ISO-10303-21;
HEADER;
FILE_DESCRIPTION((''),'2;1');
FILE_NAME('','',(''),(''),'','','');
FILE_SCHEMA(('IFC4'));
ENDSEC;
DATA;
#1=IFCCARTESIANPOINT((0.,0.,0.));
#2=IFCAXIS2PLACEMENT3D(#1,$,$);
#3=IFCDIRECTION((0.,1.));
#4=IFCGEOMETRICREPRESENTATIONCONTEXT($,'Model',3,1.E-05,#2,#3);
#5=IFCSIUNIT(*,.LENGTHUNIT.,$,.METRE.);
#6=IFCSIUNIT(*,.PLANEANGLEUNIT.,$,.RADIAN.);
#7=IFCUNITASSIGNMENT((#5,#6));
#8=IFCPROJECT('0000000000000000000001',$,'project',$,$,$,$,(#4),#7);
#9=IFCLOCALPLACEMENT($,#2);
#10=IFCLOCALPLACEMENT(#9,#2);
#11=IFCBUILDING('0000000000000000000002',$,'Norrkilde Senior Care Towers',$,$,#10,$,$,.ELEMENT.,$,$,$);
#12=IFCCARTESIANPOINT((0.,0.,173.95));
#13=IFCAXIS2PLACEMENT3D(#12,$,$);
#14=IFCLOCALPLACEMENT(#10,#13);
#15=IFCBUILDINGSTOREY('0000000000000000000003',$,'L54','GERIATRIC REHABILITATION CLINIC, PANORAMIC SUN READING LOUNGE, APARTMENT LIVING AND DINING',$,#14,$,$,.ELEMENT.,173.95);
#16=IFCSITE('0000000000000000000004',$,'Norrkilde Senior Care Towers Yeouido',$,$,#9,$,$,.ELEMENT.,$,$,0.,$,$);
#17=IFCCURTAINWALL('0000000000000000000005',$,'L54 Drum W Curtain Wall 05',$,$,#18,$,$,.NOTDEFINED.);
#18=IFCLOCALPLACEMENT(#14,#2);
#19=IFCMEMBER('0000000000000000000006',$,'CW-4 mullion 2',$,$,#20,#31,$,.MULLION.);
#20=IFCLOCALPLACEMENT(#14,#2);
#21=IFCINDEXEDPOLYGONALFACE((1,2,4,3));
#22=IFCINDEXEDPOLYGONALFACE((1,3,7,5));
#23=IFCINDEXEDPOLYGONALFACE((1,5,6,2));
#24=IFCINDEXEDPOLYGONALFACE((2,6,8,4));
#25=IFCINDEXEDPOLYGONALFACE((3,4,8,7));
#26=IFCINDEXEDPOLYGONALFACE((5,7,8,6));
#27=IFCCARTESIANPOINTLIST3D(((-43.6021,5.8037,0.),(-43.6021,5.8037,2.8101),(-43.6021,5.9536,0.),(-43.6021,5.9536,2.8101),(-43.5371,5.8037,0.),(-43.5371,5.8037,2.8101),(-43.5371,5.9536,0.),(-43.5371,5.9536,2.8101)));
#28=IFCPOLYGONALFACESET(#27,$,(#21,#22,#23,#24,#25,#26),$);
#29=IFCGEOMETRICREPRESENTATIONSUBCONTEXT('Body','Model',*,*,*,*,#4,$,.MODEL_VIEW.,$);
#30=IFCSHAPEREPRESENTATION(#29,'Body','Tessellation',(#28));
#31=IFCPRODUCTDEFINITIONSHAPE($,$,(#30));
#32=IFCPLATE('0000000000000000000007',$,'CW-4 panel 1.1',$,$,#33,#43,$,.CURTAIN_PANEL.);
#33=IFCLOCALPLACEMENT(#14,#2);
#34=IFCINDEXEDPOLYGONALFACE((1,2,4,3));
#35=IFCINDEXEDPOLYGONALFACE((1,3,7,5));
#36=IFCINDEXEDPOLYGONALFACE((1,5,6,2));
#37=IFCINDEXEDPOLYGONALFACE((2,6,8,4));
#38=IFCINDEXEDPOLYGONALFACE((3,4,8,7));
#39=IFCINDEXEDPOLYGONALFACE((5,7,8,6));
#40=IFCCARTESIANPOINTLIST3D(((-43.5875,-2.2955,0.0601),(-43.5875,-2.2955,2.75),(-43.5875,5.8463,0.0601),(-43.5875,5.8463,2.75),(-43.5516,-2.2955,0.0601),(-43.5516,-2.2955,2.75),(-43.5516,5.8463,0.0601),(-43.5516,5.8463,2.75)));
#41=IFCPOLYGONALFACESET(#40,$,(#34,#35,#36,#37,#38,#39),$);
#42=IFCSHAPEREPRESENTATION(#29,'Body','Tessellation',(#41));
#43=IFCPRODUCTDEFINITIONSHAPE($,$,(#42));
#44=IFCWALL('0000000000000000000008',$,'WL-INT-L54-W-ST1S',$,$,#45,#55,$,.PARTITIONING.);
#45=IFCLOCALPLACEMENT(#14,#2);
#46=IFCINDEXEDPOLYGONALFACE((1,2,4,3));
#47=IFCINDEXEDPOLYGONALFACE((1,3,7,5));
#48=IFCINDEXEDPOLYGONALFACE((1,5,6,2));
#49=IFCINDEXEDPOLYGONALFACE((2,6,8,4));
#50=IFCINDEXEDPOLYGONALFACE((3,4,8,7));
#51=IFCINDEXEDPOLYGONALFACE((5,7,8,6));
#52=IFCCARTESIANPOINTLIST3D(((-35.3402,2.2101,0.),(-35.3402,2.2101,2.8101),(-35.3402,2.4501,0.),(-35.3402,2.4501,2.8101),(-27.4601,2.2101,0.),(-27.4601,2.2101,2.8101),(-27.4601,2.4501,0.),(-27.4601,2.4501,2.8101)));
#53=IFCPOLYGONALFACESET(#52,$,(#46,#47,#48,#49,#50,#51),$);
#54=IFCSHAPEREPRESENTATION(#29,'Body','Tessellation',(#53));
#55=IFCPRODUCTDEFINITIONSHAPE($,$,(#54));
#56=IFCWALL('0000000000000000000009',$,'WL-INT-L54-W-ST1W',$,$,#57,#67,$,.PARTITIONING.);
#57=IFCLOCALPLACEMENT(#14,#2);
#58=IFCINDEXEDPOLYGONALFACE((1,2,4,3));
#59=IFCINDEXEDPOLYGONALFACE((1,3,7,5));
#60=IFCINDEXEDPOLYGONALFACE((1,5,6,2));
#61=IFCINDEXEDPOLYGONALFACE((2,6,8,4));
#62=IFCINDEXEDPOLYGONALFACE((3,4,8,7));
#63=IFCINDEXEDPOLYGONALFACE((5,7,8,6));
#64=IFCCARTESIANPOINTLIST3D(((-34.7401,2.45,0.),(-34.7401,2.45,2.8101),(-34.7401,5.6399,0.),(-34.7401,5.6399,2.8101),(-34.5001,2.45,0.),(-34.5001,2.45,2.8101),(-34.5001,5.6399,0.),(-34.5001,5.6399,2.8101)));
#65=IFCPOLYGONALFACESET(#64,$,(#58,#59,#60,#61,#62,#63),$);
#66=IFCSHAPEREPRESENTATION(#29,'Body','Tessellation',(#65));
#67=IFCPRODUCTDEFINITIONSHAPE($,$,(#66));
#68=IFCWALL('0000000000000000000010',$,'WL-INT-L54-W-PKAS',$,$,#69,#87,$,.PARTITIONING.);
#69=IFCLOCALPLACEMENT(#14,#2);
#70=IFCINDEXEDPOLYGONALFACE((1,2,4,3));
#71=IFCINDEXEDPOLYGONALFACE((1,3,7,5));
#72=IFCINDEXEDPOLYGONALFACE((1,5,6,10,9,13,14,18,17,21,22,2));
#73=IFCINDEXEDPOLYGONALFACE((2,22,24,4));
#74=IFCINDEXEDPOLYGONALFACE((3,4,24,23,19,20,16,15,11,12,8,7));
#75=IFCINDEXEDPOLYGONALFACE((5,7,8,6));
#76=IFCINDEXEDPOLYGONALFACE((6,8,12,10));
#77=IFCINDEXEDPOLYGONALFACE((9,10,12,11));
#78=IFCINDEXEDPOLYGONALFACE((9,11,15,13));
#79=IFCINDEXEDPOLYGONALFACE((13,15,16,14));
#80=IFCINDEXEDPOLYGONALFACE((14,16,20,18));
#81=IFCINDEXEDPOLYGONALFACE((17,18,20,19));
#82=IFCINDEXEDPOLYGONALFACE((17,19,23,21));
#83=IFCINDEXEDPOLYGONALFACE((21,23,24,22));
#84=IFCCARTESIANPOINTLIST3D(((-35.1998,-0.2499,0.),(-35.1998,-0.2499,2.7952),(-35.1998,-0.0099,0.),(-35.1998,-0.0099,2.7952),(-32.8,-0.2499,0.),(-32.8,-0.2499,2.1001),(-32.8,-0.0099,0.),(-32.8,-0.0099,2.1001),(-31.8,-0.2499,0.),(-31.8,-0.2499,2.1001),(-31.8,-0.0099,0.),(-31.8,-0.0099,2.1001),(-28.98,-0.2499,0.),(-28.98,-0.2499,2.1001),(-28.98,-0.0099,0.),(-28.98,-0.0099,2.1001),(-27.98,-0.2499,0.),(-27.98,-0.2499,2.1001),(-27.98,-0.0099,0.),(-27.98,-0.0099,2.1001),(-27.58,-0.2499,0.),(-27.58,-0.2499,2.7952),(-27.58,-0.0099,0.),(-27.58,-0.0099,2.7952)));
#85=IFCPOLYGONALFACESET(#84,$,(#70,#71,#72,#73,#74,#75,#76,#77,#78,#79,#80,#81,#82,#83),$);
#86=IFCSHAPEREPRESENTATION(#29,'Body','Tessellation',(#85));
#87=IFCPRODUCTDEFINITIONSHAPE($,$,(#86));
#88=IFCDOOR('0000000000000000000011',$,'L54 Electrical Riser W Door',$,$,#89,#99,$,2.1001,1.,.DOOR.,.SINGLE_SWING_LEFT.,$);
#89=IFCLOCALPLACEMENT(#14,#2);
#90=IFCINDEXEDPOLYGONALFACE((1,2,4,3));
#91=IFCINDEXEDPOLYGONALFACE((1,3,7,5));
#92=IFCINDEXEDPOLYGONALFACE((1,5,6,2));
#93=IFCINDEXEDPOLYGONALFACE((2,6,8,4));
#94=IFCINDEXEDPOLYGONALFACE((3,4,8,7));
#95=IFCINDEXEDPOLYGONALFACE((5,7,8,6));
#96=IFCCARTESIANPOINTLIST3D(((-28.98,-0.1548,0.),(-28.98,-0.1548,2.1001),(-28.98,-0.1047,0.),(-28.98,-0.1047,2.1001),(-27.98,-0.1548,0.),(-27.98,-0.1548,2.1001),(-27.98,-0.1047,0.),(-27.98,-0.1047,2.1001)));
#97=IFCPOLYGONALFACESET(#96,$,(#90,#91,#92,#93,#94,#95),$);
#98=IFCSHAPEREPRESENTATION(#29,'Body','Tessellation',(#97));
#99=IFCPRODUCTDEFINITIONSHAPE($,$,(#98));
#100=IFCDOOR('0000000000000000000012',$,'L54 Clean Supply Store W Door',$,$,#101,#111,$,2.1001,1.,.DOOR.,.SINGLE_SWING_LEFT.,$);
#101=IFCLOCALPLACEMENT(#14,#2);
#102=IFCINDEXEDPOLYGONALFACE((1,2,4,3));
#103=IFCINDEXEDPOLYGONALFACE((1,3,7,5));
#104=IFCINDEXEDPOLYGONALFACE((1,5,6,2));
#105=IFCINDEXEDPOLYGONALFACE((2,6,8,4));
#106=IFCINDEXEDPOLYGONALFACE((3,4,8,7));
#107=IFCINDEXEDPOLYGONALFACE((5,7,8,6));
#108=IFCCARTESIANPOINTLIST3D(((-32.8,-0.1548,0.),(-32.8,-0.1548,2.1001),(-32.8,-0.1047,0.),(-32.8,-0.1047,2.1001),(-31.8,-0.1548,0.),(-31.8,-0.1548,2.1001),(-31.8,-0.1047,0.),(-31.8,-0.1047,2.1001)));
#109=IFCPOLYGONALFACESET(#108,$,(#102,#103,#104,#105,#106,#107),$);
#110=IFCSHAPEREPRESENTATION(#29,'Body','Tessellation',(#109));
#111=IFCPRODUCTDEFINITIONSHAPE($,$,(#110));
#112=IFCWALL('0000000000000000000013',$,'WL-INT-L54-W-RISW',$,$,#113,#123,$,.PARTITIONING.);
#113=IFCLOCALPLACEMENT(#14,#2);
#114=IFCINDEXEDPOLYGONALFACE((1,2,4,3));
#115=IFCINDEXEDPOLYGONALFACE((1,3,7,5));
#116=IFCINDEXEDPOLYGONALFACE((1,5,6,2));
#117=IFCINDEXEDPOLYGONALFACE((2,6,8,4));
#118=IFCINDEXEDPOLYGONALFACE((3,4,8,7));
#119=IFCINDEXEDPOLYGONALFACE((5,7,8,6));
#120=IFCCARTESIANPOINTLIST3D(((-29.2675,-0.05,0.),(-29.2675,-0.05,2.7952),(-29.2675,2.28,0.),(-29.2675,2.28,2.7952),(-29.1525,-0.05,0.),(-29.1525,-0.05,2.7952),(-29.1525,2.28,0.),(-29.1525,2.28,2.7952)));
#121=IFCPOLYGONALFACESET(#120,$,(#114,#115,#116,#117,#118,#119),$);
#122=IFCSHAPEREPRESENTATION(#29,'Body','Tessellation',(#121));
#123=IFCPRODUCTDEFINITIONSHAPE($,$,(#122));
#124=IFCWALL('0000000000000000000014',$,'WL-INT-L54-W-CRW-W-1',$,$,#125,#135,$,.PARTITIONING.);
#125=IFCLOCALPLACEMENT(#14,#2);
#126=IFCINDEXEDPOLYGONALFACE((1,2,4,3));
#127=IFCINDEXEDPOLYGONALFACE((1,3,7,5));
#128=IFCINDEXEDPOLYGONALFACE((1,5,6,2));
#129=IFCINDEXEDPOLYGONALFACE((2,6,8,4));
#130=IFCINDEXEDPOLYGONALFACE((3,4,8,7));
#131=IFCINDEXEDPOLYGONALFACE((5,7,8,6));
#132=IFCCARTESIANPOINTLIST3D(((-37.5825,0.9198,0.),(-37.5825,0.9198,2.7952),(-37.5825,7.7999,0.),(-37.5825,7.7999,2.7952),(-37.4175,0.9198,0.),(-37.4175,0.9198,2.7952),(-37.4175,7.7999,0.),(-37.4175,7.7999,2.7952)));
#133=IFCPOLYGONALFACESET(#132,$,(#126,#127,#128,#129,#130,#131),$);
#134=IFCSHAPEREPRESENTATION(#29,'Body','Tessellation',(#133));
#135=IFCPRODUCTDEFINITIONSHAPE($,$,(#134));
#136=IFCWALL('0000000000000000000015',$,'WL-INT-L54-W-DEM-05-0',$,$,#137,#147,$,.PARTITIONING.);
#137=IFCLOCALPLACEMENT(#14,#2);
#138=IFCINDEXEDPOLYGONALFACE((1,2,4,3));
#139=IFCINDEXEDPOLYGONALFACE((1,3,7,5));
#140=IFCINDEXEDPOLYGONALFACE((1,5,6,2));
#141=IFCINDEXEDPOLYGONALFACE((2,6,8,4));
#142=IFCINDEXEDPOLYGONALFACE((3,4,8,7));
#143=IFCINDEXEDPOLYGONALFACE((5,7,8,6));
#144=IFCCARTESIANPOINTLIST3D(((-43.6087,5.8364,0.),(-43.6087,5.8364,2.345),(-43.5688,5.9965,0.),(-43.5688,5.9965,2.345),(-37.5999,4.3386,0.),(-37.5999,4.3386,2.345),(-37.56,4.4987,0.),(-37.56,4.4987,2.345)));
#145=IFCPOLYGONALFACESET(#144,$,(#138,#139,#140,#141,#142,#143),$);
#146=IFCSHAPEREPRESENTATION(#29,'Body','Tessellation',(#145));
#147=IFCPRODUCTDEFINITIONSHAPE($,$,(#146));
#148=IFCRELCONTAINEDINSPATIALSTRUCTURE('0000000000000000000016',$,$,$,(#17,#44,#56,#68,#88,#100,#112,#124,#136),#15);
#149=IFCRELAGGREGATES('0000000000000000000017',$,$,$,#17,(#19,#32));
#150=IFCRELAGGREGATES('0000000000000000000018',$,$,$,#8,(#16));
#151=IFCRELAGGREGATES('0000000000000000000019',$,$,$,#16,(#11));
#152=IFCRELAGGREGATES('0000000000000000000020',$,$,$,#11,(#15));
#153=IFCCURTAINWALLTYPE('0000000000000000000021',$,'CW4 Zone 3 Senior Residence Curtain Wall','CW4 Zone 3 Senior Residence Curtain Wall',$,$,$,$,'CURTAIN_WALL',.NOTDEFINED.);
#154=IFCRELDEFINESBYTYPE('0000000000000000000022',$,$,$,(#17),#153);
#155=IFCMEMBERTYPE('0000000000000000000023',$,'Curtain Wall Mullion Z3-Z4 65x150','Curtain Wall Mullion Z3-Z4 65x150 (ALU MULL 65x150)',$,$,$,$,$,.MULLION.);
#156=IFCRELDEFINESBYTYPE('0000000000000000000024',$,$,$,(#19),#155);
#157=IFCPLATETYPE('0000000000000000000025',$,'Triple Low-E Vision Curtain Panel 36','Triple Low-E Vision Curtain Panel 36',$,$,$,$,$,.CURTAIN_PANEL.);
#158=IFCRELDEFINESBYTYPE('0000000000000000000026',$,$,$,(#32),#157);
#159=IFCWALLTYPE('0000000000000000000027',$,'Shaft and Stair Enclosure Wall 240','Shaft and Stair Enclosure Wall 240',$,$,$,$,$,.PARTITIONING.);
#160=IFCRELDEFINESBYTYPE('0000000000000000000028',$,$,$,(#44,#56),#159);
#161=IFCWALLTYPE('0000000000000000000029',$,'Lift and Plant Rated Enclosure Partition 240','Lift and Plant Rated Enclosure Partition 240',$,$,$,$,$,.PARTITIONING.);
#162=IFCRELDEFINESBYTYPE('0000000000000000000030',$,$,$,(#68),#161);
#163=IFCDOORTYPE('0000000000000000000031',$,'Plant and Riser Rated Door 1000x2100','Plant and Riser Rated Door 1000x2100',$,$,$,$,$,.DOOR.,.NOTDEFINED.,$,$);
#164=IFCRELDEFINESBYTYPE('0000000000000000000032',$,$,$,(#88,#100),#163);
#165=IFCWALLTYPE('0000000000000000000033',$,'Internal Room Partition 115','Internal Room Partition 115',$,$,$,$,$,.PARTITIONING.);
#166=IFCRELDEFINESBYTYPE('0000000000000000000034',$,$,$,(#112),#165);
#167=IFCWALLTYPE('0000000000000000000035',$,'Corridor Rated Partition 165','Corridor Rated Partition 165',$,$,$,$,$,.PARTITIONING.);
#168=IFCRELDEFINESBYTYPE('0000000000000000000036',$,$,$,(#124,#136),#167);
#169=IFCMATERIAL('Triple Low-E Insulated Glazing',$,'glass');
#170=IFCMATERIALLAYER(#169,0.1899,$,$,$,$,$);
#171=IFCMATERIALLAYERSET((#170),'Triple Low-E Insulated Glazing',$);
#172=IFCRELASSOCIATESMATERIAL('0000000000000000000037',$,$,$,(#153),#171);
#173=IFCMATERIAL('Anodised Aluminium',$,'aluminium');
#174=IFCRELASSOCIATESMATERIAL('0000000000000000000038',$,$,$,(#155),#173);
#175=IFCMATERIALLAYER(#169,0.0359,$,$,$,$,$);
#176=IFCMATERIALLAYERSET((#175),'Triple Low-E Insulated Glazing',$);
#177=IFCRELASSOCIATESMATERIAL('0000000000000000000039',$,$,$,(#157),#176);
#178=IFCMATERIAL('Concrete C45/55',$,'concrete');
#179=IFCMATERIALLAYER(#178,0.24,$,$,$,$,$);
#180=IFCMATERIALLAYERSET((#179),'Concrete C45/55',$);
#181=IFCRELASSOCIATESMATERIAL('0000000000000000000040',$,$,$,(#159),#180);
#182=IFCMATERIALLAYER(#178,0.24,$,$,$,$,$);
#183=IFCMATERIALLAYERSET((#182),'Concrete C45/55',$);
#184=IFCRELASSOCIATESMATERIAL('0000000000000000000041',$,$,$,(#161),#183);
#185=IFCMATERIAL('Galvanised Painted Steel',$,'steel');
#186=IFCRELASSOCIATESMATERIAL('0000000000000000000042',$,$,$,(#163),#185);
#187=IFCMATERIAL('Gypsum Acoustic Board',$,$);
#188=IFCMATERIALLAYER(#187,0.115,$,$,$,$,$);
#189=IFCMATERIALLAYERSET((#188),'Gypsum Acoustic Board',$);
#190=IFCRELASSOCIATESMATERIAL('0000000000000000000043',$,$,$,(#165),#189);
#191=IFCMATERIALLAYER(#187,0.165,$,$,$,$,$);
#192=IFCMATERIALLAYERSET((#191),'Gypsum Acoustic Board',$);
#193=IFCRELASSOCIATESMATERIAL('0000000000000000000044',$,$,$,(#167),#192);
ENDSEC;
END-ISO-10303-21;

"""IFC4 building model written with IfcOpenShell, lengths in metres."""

from ifc_helpers import new_model, si_unit, direction, frame, frame_2d, origin, origin_2d, place, context, subcontext, project, spatial, rectangle, extrude, source, transform, mapped, material, layer, layer_set, material_profile, profile_set, type_object, type_shapes, element, fill, aggregate, save


model = new_model("IFC4")

# Units and contexts
model_context = context("Model", 3, precision=1e-05, world=origin(), true_north=direction((0.0, 1.0)))
body_context = subcontext(model_context, "Body", "Model", "MODEL_VIEW")
ifc_project = project(units=[si_unit("LENGTHUNIT", "METRE"), si_unit("PLANEANGLEUNIT", "RADIAN")], contexts=[model_context])

# Site, building, storey
site_placement = place(None, origin())
site = spatial("IfcSite", under=ifc_project, at=site_placement, Name="Norrkilde Senior Care Towers Yeouido", CompositionType="ELEMENT", RefElevation=0.0)
building_placement = place(site_placement, origin())
building = spatial("IfcBuilding", under=site, at=building_placement, Name="Norrkilde Senior Care Towers", CompositionType="ELEMENT")
storey_placement = place(building_placement, frame((0.0, 0.0, 173.95)))
storey = spatial("IfcBuildingStorey", under=building, at=storey_placement, Name="L54", Description="GERIATRIC REHABILITATION CLINIC, PANORAMIC SUN READING LOUNGE, APARTMENT LIVING AND DINING", CompositionType="ELEMENT", Elevation=173.95)

# Shared definitions
ifc_material_1 = material(Name="Triple Low-E Insulated Glazing", Category="glass")
ifc_layer_1 = layer(ifc_material_1, 0.1899)
ifc_layer_set_1 = layer_set([ifc_layer_1], Name="Triple Low-E Insulated Glazing")
curtain_wall_type = type_object("IfcCurtainWallType", Name="CW4 Zone 3 Senior Residence Curtain Wall", Description="CW4 Zone 3 Senior Residence Curtain Wall", ElementType="CURTAIN_WALL", PredefinedType="NOTDEFINED", material=ifc_layer_set_1)
ifc_material_2 = material(Name="Anodised Aluminium", Category="aluminium")
ifc_material_profile_1 = material_profile(ifc_material_2, rectangle(XDim=0.0649, YDim=0.1499, at=origin_2d()), Name="ALU MULL 65x150")
ifc_profile_set_1 = profile_set([ifc_material_profile_1], Name="Anodised Aluminium")
member_type = type_object("IfcMemberType", Name="Curtain Wall Mullion Z3-Z4 65x150", Description="Curtain Wall Mullion Z3-Z4 65x150 (ALU MULL 65x150)", PredefinedType="MULLION", material=ifc_profile_set_1)
shared_shape_1 = source(origin(), body_context, "Body", "SweptSolid", [
    extrude(rectangle(XDim=0.0649, YDim=0.1499, at=origin_2d()), origin(), (0.0, 0.0, 1.0), 2.8101),
])
type_shapes(member_type, [shared_shape_1])

# Curtain wall, member, plate
curtain_wall_1_placement = place(storey_placement, origin())
curtain_wall_1 = element("IfcCurtainWall", 1, at=curtain_wall_1_placement, inside=storey, type_object=curtain_wall_type, Name="L54 Drum W Curtain Wall 05", PredefinedType="NOTDEFINED")
member_1_placement = place(storey_placement, frame((-43.5696, 5.8787, 0.0), z_axis=(0.0, 0.0, 1.0), x_axis=(-1.0, 0.0, 0.0)))
member_1 = element("IfcMember", 2, at=member_1_placement, type_object=member_type, Name="CW-4 mullion 2", PredefinedType="MULLION", context=body_context, shape_type="MappedRepresentation", body=[
    mapped(shared_shape_1, transform((0.0, 0.0, 0.0), x_axis=(1.0, 0.0, 0.0), y_axis=(0.0, 1.0, 0.0), z_axis=(0.0, 0.0, 1.0), scale=1.0)),
])
ifc_layer_2 = layer(ifc_material_1, 0.0359)
ifc_layer_set_2 = layer_set([ifc_layer_2], Name="Triple Low-E Insulated Glazing")
plate_type = type_object("IfcPlateType", Name="Triple Low-E Vision Curtain Panel 36", Description="Triple Low-E Vision Curtain Panel 36", PredefinedType="CURTAIN_PANEL", material=ifc_layer_set_2)
shared_shape_2 = source(origin(), body_context, "Body", "SweptSolid", [
    extrude(rectangle(XDim=8.1418, YDim=0.0359, at=origin_2d()), origin(), (0.0, 0.0, 1.0), 2.6899),
])
type_shapes(plate_type, [shared_shape_2])
plate_placement = place(storey_placement, frame((-43.5696, 1.7754, 0.0601), z_axis=(0.0, 0.0, 1.0), x_axis=(0.0, 1.0, 0.0)))
plate = element("IfcPlate", 3, at=plate_placement, type_object=plate_type, Name="CW-4 panel 1.1", PredefinedType="CURTAIN_PANEL", context=body_context, shape_type="MappedRepresentation", body=[
    mapped(shared_shape_2, transform((0.0, 0.0, 0.0), x_axis=(1.0, 0.0, 0.0), y_axis=(0.0, 1.0, 0.0), z_axis=(0.0, 0.0, 1.0), scale=1.0)),
])
aggregate(curtain_wall_1, [member_1, plate])

# Walls
ifc_material_3 = material(Name="Concrete C45/55", Category="concrete")
ifc_layer_3 = layer(ifc_material_3, 0.24)
ifc_layer_set_3 = layer_set([ifc_layer_3], Name="Concrete C45/55")
wall_type_1 = type_object("IfcWallType", Name="Shaft and Stair Enclosure Wall 240", Description="Shaft and Stair Enclosure Wall 240", PredefinedType="PARTITIONING", material=ifc_layer_set_3)
shared_shape_3 = source(origin(), body_context, "Body", "SweptSolid", [
    extrude(rectangle(XDim=7.8801, YDim=0.24, at=frame_2d((3.9399, 0.0))), origin(), (0.0, 0.0, 1.0), 2.8101),
])
wall_1_placement = place(storey_placement, frame((-35.3401, 2.3301, 0.0), z_axis=(0.0, 0.0, 1.0), x_axis=(1.0, 0.0, 0.0)))
element("IfcWall", 4, at=wall_1_placement, inside=storey, type_object=wall_type_1, Name="WL-INT-L54-W-ST1S", PredefinedType="PARTITIONING", context=body_context, shape_type="MappedRepresentation", body=[
    mapped(shared_shape_3, transform((0.0, 0.0, 0.0), x_axis=(1.0, 0.0, 0.0), y_axis=(0.0, 1.0, 0.0), z_axis=(0.0, 0.0, 1.0), scale=1.0)),
])
shared_shape_4 = source(origin(), body_context, "Body", "SweptSolid", [
    extrude(rectangle(XDim=3.1899, YDim=0.24, at=frame_2d((1.595, 0.0))), origin(), (0.0, 0.0, 1.0), 2.8101),
])
type_shapes(wall_type_1, [shared_shape_3, shared_shape_4])
wall_2_placement = place(storey_placement, frame((-34.6201, 2.45, 0.0), z_axis=(0.0, 0.0, 1.0), x_axis=(0.0, 1.0, 0.0)))
element("IfcWall", 5, at=wall_2_placement, inside=storey, type_object=wall_type_1, Name="WL-INT-L54-W-ST1W", PredefinedType="PARTITIONING", context=body_context, shape_type="MappedRepresentation", body=[
    mapped(shared_shape_4, transform((0.0, 0.0, 0.0), x_axis=(1.0, 0.0, 0.0), y_axis=(0.0, 1.0, 0.0), z_axis=(0.0, 0.0, 1.0), scale=1.0)),
])

# Wall, openings, doors
ifc_layer_4 = layer(ifc_material_3, 0.24)
ifc_layer_set_4 = layer_set([ifc_layer_4], Name="Concrete C45/55")
wall_type_2 = type_object("IfcWallType", Name="Lift and Plant Rated Enclosure Partition 240", Description="Lift and Plant Rated Enclosure Partition 240", PredefinedType="PARTITIONING", material=ifc_layer_set_4)
shared_shape_5 = source(origin(), body_context, "Body", "SweptSolid", [
    extrude(rectangle(XDim=7.6199, YDim=0.24, at=frame_2d((3.8101, 0.0))), origin(), (0.0, 0.0, 1.0), 2.7952),
])
type_shapes(wall_type_2, [shared_shape_5])
wall_3_placement = place(storey_placement, frame((-35.2, -0.1299, 0.0), z_axis=(0.0, 0.0, 1.0), x_axis=(1.0, 0.0, 0.0)))
wall_3 = element("IfcWall", 6, at=wall_3_placement, inside=storey, type_object=wall_type_2, Name="WL-INT-L54-W-PKAS", PredefinedType="PARTITIONING", context=body_context, shape_type="MappedRepresentation", body=[
    mapped(shared_shape_5, transform((0.0, 0.0, 0.0), x_axis=(1.0, 0.0, 0.0), y_axis=(0.0, 1.0, 0.0), z_axis=(0.0, 0.0, 1.0), scale=1.0)),
])
opening_1_placement = place(wall_3_placement, frame((6.22, 0.0, 0.0)))
opening_1 = element("IfcOpeningElement", 7, at=opening_1_placement, cuts=wall_3, PredefinedType="OPENING", context=body_context, shape_type="SweptSolid", body=[
    extrude(rectangle(XDim=1.0, YDim=2.1001, at=frame_2d((0.5, 1.05))), frame((0.0, 0.1299, 0.0), z_axis=(0.0, -1.0, 0.0), x_axis=(1.0, 0.0, 0.0)), (0.0, 0.0, 1.0), 0.26),
])
opening_2_placement = place(wall_3_placement, frame((2.3999, 0.0, 0.0)))
opening_2 = element("IfcOpeningElement", 8, at=opening_2_placement, cuts=wall_3, PredefinedType="OPENING", context=body_context, shape_type="SweptSolid", body=[
    extrude(rectangle(XDim=1.0, YDim=2.1001, at=frame_2d((0.5, 1.05))), frame((0.0, 0.1299, 0.0), z_axis=(0.0, -1.0, 0.0), x_axis=(1.0, 0.0, 0.0)), (0.0, 0.0, 1.0), 0.26),
])
ifc_material_4 = material(Name="Galvanised Painted Steel", Category="steel")
door_type_1 = type_object("IfcDoorType", Name="Plant and Riser Rated Door 1000x2100", Description="Plant and Riser Rated Door 1000x2100", OperationType="NOTDEFINED", PredefinedType="DOOR", material=ifc_material_4)
shared_shape_6 = source(origin(), body_context, "Body", "SweptSolid", [
    extrude(rectangle(XDim=1.0, YDim=2.1001, at=frame_2d((0.5, 1.05))), frame((0.0, 0.0249, 0.0), z_axis=(0.0, -1.0, 0.0), x_axis=(1.0, 0.0, 0.0)), (0.0, 0.0, 1.0), 0.05),
])
type_shapes(door_type_1, [shared_shape_6])
door_1_placement = place(opening_1_placement, frame((1.0, 0.0, 0.0), z_axis=(0.0, 0.0, 1.0), x_axis=(-1.0, 0.0, 0.0)))
door_1 = element("IfcDoor", 9, at=door_1_placement, inside=storey, type_object=door_type_1, Name="L54 Electrical Riser W Door", OperationType="SINGLE_SWING_LEFT", OverallHeight=2.1001, OverallWidth=1.0, PredefinedType="DOOR", context=body_context, shape_type="MappedRepresentation", body=[
    mapped(shared_shape_6, transform((0.0, 0.0, 0.0), x_axis=(1.0, 0.0, 0.0), y_axis=(0.0, 1.0, 0.0), z_axis=(0.0, 0.0, 1.0), scale=1.0)),
])
fill(opening_1, door_1)
door_2_placement = place(opening_2_placement, frame((1.0, 0.0, 0.0), z_axis=(0.0, 0.0, 1.0), x_axis=(-1.0, 0.0, 0.0)))
door_2 = element("IfcDoor", 10, at=door_2_placement, inside=storey, type_object=door_type_1, Name="L54 Clean Supply Store W Door", OperationType="SINGLE_SWING_LEFT", OverallHeight=2.1001, OverallWidth=1.0, PredefinedType="DOOR", context=body_context, shape_type="MappedRepresentation", body=[
    mapped(shared_shape_6, transform((0.0, 0.0, 0.0), x_axis=(1.0, 0.0, 0.0), y_axis=(0.0, 1.0, 0.0), z_axis=(0.0, 0.0, 1.0), scale=1.0)),
])
fill(opening_2, door_2)

# Walls
ifc_material_5 = material(Name="Gypsum Acoustic Board")
ifc_layer_5 = layer(ifc_material_5, 0.115)
ifc_layer_set_5 = layer_set([ifc_layer_5], Name="Gypsum Acoustic Board")
wall_type_3 = type_object("IfcWallType", Name="Internal Room Partition 115", Description="Internal Room Partition 115", PredefinedType="PARTITIONING", material=ifc_layer_set_5)
shared_shape_7 = source(origin(), body_context, "Body", "SweptSolid", [
    extrude(rectangle(XDim=2.3301, YDim=0.115, at=frame_2d((1.165, 0.0))), origin(), (0.0, 0.0, 1.0), 2.7952),
])
type_shapes(wall_type_3, [shared_shape_7])
wall_4_placement = place(storey_placement, frame((-29.21, -0.05, 0.0), z_axis=(0.0, 0.0, 1.0), x_axis=(0.0, 1.0, 0.0)))
element("IfcWall", 11, at=wall_4_placement, inside=storey, type_object=wall_type_3, Name="WL-INT-L54-W-RISW", PredefinedType="PARTITIONING", context=body_context, shape_type="MappedRepresentation", body=[
    mapped(shared_shape_7, transform((0.0, 0.0, 0.0), x_axis=(1.0, 0.0, 0.0), y_axis=(0.0, 1.0, 0.0), z_axis=(0.0, 0.0, 1.0), scale=1.0)),
])
ifc_layer_6 = layer(ifc_material_5, 0.165)
ifc_layer_set_6 = layer_set([ifc_layer_6], Name="Gypsum Acoustic Board")
wall_type_4 = type_object("IfcWallType", Name="Corridor Rated Partition 165", Description="Corridor Rated Partition 165", PredefinedType="PARTITIONING", material=ifc_layer_set_6)
shared_shape_8 = source(origin(), body_context, "Body", "SweptSolid", [
    extrude(rectangle(XDim=6.8801, YDim=0.165, at=frame_2d((3.4399, 0.0))), origin(), (0.0, 0.0, 1.0), 2.7952),
])
wall_5_placement = place(storey_placement, frame((-37.5, 0.9199, 0.0), z_axis=(0.0, 0.0, 1.0), x_axis=(0.0, 1.0, 0.0)))
element("IfcWall", 12, at=wall_5_placement, inside=storey, type_object=wall_type_4, Name="WL-INT-L54-W-CRW-W-1", PredefinedType="PARTITIONING", context=body_context, shape_type="MappedRepresentation", body=[
    mapped(shared_shape_8, transform((0.0, 0.0, 0.0), x_axis=(1.0, 0.0, 0.0), y_axis=(0.0, 1.0, 0.0), z_axis=(0.0, 0.0, 1.0), scale=1.0)),
])
shared_shape_9 = source(origin(), body_context, "Body", "SweptSolid", [
    extrude(rectangle(XDim=6.1926, YDim=0.165, at=frame_2d((3.0962, 0.0))), origin(), (0.0, 0.0, 1.0), 2.345),
])
wall_6_placement = place(storey_placement, frame((-37.5801, 4.4187, 0.0), z_axis=(0.0, 0.0, 1.0), x_axis=(-0.970309, 0.241868, 0.0)))
element("IfcWall", 13, at=wall_6_placement, inside=storey, type_object=wall_type_4, Name="WL-INT-L54-W-DEM-05-0", PredefinedType="PARTITIONING", context=body_context, shape_type="MappedRepresentation", body=[
    mapped(shared_shape_9, transform((0.0, 0.0, 0.0), x_axis=(1.0, 0.0, 0.0), y_axis=(0.0, 1.0, 0.0), z_axis=(0.0, 0.0, 1.0), scale=1.0)),
])

save(model, "model.ifc")
